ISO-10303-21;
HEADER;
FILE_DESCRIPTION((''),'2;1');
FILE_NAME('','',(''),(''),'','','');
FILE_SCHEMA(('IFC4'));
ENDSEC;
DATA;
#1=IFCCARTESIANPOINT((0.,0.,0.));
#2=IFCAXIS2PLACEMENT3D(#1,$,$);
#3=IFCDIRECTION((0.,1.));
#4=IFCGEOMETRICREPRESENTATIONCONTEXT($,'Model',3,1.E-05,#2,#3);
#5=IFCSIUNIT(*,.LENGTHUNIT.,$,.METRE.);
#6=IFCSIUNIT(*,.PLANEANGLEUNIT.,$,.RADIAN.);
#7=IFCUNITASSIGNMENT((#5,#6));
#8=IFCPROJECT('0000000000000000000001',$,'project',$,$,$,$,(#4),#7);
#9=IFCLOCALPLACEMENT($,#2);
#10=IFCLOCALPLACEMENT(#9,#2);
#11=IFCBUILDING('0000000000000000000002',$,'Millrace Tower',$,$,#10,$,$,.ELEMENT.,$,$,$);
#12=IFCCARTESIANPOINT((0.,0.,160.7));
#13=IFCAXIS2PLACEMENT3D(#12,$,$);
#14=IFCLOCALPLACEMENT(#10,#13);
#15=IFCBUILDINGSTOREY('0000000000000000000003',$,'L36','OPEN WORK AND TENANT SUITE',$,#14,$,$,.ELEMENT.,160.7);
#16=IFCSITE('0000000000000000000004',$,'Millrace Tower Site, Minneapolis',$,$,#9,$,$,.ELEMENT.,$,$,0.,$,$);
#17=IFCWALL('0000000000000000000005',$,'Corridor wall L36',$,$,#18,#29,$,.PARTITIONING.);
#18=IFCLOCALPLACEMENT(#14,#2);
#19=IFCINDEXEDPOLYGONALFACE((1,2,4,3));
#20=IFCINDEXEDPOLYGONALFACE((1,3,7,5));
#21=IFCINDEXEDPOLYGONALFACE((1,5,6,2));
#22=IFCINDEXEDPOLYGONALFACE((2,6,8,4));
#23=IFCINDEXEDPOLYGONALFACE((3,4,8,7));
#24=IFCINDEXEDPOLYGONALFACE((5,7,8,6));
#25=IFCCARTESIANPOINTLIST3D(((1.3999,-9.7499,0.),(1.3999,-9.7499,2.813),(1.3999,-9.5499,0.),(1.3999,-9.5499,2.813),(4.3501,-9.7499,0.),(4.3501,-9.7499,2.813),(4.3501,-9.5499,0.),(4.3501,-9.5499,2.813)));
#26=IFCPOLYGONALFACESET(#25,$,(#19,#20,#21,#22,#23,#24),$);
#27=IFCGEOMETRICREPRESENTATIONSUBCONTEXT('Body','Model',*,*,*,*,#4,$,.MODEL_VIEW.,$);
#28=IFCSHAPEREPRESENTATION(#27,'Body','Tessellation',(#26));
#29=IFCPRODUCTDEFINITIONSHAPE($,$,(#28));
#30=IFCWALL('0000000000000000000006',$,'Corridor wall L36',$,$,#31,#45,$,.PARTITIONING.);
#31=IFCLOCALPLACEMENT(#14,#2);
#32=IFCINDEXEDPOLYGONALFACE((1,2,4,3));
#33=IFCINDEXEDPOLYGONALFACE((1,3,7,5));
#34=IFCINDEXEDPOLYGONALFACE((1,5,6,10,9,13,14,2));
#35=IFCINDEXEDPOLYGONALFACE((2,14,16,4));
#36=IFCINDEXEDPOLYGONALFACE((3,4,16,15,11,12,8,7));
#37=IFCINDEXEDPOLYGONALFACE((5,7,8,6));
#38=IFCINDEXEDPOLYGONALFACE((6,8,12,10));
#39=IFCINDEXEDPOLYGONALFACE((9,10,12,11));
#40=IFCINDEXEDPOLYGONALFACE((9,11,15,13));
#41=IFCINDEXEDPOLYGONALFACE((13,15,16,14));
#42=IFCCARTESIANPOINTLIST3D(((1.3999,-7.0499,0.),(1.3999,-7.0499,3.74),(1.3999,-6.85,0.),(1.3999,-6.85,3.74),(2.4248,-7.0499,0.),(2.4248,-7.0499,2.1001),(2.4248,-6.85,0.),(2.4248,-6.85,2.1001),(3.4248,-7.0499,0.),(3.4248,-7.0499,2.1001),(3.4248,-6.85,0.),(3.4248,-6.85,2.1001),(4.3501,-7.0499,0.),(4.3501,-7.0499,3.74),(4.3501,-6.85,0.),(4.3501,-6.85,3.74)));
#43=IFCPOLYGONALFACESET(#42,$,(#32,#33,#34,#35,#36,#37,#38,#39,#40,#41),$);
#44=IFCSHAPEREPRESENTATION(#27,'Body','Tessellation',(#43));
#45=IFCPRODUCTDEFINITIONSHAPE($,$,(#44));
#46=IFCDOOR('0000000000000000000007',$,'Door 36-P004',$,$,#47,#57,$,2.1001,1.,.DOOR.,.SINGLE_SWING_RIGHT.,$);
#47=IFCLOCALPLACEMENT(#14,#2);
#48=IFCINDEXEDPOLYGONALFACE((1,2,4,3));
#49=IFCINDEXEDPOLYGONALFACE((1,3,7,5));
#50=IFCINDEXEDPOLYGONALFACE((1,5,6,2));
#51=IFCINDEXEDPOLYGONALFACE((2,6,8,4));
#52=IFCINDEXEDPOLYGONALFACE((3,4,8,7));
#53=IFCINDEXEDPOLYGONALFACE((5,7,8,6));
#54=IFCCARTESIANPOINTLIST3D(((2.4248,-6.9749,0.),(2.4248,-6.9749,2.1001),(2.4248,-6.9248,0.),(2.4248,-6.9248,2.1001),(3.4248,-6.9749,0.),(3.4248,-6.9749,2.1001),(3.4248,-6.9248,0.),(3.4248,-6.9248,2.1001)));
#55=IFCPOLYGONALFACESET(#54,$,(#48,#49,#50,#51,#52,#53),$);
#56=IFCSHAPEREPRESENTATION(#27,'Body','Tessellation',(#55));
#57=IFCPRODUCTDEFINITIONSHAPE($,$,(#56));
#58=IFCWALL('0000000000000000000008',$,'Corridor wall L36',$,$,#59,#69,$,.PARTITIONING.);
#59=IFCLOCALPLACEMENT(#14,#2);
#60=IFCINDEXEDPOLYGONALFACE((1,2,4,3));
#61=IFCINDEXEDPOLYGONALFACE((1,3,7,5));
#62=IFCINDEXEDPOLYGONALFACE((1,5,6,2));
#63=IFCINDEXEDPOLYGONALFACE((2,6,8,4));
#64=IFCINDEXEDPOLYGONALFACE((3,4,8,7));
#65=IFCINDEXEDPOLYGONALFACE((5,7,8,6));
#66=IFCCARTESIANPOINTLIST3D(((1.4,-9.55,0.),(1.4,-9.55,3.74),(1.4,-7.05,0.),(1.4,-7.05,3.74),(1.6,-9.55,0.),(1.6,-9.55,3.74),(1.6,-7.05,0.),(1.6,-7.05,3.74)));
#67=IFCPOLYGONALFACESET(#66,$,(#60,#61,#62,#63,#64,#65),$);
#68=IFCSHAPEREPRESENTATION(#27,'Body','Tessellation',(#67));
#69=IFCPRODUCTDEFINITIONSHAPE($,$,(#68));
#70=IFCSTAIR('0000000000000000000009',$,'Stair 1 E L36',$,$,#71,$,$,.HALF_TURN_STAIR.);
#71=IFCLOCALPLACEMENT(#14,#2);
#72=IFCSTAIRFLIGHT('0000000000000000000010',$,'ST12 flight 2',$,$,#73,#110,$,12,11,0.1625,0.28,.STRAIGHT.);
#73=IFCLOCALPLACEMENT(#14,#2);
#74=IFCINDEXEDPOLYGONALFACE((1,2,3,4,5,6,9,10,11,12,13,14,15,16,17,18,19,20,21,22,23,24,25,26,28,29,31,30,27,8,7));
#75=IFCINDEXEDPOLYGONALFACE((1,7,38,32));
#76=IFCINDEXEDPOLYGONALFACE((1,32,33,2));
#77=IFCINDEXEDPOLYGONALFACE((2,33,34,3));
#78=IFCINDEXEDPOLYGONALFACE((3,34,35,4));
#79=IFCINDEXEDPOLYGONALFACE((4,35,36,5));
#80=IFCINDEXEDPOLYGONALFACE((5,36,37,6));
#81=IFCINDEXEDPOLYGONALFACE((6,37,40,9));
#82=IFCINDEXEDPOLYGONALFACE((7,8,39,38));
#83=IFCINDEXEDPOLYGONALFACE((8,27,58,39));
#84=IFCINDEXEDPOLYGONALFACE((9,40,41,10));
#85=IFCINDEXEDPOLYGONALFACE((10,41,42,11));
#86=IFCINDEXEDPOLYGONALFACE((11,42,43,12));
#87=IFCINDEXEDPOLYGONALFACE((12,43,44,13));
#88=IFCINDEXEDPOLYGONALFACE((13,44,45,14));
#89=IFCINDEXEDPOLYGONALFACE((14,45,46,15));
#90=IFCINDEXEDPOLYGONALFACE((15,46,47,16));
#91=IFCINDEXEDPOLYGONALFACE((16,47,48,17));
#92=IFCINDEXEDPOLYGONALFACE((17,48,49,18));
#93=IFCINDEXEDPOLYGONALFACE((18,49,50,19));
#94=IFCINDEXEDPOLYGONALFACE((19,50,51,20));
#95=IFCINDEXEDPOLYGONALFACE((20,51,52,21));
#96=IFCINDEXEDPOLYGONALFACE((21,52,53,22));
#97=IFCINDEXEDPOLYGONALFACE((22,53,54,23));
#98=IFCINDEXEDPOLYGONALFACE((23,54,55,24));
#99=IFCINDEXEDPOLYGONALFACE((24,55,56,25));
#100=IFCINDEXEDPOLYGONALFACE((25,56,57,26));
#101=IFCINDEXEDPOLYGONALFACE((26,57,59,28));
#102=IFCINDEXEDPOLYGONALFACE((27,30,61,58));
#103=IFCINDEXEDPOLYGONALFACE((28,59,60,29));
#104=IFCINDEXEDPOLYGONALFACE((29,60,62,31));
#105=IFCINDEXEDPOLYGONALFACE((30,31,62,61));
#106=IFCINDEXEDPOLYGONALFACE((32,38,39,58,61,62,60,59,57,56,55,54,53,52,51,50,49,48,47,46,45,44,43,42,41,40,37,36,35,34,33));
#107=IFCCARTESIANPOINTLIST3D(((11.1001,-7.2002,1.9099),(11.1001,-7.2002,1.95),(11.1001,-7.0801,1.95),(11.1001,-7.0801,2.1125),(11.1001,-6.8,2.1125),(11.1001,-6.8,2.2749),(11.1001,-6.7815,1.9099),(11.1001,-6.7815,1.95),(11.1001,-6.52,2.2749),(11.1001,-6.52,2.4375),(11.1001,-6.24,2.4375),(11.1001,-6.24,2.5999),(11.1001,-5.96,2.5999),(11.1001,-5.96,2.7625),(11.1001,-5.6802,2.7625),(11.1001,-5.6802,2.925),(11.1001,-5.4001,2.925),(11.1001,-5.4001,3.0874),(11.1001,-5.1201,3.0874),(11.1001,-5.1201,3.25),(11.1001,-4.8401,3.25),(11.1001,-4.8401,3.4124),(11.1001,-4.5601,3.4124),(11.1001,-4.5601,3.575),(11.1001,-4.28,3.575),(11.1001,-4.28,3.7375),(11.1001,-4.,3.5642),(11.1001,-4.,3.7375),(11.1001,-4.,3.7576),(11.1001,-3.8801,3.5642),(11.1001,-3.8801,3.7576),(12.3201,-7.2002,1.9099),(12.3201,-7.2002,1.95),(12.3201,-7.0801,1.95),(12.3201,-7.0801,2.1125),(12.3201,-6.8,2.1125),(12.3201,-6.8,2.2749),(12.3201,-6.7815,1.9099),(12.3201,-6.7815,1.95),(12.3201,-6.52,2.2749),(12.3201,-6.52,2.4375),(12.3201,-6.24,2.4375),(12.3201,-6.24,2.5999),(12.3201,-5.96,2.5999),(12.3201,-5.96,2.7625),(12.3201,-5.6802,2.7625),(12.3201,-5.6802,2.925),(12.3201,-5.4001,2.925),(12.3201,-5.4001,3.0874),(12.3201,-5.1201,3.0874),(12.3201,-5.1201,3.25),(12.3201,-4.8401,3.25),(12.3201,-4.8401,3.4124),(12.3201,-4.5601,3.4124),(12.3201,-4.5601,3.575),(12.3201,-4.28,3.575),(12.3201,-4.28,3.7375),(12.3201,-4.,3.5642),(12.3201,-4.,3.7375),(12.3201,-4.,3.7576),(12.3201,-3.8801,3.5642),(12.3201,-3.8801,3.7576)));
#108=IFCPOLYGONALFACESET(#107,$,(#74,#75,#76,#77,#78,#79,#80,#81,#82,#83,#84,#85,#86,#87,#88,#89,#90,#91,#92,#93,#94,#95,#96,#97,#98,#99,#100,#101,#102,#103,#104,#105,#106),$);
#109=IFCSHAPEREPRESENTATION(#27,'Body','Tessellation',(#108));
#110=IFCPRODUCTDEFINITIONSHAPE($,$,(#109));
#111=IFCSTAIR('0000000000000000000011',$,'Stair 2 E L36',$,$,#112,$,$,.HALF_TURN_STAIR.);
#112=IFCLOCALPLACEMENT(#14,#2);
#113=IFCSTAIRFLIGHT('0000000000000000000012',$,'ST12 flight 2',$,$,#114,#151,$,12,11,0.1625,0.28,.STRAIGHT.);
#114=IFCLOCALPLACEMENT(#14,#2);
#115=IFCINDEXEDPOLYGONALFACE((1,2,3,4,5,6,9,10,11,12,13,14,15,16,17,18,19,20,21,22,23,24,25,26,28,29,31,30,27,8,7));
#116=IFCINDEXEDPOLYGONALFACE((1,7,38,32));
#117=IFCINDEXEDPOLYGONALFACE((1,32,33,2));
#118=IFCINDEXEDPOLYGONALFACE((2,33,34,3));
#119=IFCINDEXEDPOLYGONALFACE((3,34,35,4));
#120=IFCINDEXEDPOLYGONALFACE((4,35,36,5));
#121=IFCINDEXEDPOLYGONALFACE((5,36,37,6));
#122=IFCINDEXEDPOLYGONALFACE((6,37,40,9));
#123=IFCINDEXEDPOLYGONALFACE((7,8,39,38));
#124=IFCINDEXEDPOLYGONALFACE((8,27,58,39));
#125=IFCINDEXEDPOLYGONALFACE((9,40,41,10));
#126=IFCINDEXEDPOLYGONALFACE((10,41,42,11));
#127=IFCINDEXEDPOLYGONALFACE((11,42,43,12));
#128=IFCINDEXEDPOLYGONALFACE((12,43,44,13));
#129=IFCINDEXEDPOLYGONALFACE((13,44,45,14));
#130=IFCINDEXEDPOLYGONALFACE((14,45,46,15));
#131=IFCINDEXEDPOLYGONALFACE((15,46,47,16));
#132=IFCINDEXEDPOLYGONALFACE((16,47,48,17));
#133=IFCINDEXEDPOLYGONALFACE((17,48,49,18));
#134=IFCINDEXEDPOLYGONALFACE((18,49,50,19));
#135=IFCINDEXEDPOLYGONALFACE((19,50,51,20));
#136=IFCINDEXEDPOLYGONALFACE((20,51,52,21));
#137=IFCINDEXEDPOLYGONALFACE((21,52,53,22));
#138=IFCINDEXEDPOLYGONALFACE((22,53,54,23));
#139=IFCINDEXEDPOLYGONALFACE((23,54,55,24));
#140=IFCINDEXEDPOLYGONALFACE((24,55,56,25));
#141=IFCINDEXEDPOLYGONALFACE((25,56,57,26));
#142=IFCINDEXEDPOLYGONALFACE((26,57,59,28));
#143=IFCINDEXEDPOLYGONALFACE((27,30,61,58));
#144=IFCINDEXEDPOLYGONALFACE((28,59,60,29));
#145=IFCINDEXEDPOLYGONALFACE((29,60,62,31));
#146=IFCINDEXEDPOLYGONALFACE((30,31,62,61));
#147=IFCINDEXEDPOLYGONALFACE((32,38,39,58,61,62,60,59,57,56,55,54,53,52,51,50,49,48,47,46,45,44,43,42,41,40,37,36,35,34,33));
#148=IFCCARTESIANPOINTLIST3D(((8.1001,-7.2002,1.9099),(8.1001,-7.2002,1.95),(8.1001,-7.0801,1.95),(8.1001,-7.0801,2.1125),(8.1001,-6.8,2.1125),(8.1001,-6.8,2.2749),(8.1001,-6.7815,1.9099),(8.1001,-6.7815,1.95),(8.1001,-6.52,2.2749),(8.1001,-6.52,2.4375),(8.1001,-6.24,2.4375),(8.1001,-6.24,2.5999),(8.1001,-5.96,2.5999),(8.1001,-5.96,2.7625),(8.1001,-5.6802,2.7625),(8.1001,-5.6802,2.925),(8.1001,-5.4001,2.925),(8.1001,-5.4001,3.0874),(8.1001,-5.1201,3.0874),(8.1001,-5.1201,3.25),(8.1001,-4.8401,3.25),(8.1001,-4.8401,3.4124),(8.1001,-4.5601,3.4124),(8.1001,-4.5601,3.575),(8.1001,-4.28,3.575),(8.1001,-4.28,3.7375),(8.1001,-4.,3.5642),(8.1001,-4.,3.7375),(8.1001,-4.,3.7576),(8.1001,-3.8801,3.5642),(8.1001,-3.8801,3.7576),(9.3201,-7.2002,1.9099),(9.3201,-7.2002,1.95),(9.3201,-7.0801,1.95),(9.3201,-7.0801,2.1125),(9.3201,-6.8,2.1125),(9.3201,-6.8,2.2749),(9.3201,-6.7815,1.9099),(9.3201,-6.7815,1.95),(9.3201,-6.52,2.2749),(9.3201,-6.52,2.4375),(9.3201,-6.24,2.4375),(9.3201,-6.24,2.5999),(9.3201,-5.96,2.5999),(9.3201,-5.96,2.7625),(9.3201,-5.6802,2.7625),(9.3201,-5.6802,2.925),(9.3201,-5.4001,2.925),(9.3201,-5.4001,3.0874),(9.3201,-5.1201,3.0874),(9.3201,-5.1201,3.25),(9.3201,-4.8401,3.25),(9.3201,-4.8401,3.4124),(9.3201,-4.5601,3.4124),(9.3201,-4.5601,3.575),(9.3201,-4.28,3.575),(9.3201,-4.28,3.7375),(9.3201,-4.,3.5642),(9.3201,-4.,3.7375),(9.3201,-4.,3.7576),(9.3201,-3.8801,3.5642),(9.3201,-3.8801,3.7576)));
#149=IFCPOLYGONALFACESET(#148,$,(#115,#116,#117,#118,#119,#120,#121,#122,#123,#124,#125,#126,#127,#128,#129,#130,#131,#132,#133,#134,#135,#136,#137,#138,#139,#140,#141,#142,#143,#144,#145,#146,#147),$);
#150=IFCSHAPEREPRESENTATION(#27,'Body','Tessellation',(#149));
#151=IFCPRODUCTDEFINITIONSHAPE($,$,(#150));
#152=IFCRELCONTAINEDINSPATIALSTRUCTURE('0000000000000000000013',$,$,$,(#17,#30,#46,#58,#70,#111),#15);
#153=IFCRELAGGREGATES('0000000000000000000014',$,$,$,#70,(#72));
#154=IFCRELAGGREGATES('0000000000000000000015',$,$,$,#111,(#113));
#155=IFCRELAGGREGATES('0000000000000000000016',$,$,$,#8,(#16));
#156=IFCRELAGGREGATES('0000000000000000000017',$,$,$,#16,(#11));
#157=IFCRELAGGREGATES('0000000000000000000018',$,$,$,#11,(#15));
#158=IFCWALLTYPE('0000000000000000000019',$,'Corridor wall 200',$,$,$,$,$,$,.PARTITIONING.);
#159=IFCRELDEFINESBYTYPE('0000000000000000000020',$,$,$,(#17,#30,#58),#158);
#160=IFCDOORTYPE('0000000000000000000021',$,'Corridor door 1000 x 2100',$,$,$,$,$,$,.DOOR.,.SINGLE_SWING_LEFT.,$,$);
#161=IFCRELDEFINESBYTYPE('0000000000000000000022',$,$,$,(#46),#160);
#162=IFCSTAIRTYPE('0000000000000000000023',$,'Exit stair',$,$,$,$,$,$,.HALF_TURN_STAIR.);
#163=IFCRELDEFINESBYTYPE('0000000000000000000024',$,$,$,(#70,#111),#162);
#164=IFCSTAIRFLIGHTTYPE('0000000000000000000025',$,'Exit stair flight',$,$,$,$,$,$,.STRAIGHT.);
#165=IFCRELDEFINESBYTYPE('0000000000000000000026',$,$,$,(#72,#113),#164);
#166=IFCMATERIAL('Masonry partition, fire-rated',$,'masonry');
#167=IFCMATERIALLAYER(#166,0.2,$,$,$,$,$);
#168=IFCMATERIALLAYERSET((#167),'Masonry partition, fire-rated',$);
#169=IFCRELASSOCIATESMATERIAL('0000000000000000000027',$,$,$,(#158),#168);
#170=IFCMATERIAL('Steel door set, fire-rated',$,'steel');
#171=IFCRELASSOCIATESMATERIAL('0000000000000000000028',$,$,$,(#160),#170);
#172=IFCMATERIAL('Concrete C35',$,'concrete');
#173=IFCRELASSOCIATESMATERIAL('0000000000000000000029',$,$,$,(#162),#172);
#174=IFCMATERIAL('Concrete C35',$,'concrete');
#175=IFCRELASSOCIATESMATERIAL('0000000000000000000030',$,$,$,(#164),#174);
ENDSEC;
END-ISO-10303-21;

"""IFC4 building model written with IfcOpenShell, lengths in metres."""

from ifc_helpers import new_model, si_unit, direction, frame, frame_2d, origin, place, context, subcontext, project, spatial, polyline, rectangle, outline, extrude, material, layer, layer_set, type_object, element, fill, aggregate, save


model = new_model("IFC4")

# Units and contexts
model_context = context("Model", 3, precision=1e-05, world=origin(), true_north=direction((0.0, 1.0)))
body_context = subcontext(model_context, "Body", "Model", "MODEL_VIEW")
ifc_project = project(units=[si_unit("LENGTHUNIT", "METRE"), si_unit("PLANEANGLEUNIT", "RADIAN")], contexts=[model_context])

# Site, building, storey
site_placement = place(None, origin())
site = spatial("IfcSite", under=ifc_project, at=site_placement, Name="Millrace Tower Site, Minneapolis", CompositionType="ELEMENT", RefElevation=0.0)
building_placement = place(site_placement, origin())
building = spatial("IfcBuilding", under=site, at=building_placement, Name="Millrace Tower", CompositionType="ELEMENT")
storey_placement = place(building_placement, frame((0.0, 0.0, 160.7)))
storey = spatial("IfcBuildingStorey", under=building, at=storey_placement, Name="L36", Description="OPEN WORK AND TENANT SUITE", CompositionType="ELEMENT", Elevation=160.7)

# Shared definitions
placement = place(storey_placement, origin())

# Wall
ifc_material_1 = material(Name="Masonry partition, fire-rated", Category="masonry")
ifc_layer_1 = layer(ifc_material_1, 0.2)
ifc_layer_set_1 = layer_set([ifc_layer_1], Name="Masonry partition, fire-rated")
wall_type = type_object("IfcWallType", Name="Corridor wall 200", PredefinedType="PARTITIONING", material=ifc_layer_set_1)
wall_1_placement = place(storey_placement, frame((1.3999, -9.6499, 0.0), z_axis=(0.0, 0.0, 1.0), x_axis=(1.0, 0.0, 0.0)))
element("IfcWall", 1, at=wall_1_placement, inside=storey, type_object=wall_type, Name="Corridor wall L36", PredefinedType="PARTITIONING", context=body_context, shape_type="SweptSolid", body=[
    extrude(rectangle(XDim=2.9502, YDim=0.2, at=frame_2d((1.4751, 0.0))), origin(), (0.0, 0.0, 1.0), 2.813),
])

# Wall, opening, door
wall_2_placement = place(storey_placement, frame((1.3999, -6.95, 0.0), z_axis=(0.0, 0.0, 1.0), x_axis=(1.0, 0.0, 0.0)))
wall_2 = element("IfcWall", 2, at=wall_2_placement, inside=storey, type_object=wall_type, Name="Corridor wall L36", PredefinedType="PARTITIONING", context=body_context, shape_type="SweptSolid", body=[
    extrude(rectangle(XDim=2.9502, YDim=0.2, at=frame_2d((1.4751, 0.0))), origin(), (0.0, 0.0, 1.0), 3.74),
])
opening_placement = place(wall_2_placement, frame((1.0249, 0.0, 0.0)))
opening = element("IfcOpeningElement", 3, at=opening_placement, cuts=wall_2, PredefinedType="OPENING", context=body_context, shape_type="SweptSolid", body=[
    extrude(rectangle(XDim=1.0, YDim=2.1001, at=frame_2d((0.5, 1.05))), frame((0.0, 0.1099, 0.0), z_axis=(0.0, -1.0, 0.0), x_axis=(1.0, 0.0, 0.0)), (0.0, 0.0, 1.0), 0.22),
])
ifc_material_2 = material(Name="Steel door set, fire-rated", Category="steel")
door_type = type_object("IfcDoorType", Name="Corridor door 1000 x 2100", OperationType="SINGLE_SWING_LEFT", PredefinedType="DOOR", material=ifc_material_2)
door_placement = place(opening_placement, frame((1.0, 0.0, 0.0), z_axis=(0.0, 0.0, 1.0), x_axis=(-1.0, 0.0, 0.0)))
door = element("IfcDoor", 4, at=door_placement, inside=storey, type_object=door_type, Name="Door 36-P004", OperationType="SINGLE_SWING_RIGHT", OverallHeight=2.1001, OverallWidth=1.0, PredefinedType="DOOR", context=body_context, shape_type="SweptSolid", body=[
    extrude(rectangle(XDim=1.0, YDim=2.1001, at=frame_2d((0.5, 1.05))), frame((0.0, 0.0249, 0.0), z_axis=(0.0, -1.0, 0.0), x_axis=(1.0, 0.0, 0.0)), (0.0, 0.0, 1.0), 0.05),
])
fill(opening, door)

# Wall
wall_3_placement = place(storey_placement, frame((1.5, -9.55, 0.0), z_axis=(0.0, 0.0, 1.0), x_axis=(0.0, 1.0, 0.0)))
element("IfcWall", 5, at=wall_3_placement, inside=storey, type_object=wall_type, Name="Corridor wall L36", PredefinedType="PARTITIONING", context=body_context, shape_type="SweptSolid", body=[
    extrude(rectangle(XDim=2.5, YDim=0.2, at=frame_2d((1.25, 0.0))), origin(), (0.0, 0.0, 1.0), 3.74),
])

# Stairs, stair flights
ifc_material_3 = material(Name="Concrete C35", Category="concrete")
stair_type = type_object("IfcStairType", Name="Exit stair", PredefinedType="HALF_TURN_STAIR", material=ifc_material_3)
stair_1 = element("IfcStair", 6, at=placement, inside=storey, type_object=stair_type, Name="Stair 1 E L36", PredefinedType="HALF_TURN_STAIR")
ifc_material_4 = material(Name="Concrete C35", Category="concrete")
stair_flight_type = type_object("IfcStairFlightType", Name="Exit stair flight", PredefinedType="STRAIGHT", material=ifc_material_4)
stair_flight_1_placement = place(storey_placement, frame((11.71, -7.0801, 1.95), z_axis=(0.0, 0.0, 1.0), x_axis=(0.0, 1.0, 0.0)))
stair_flight_1 = element("IfcStairFlight", 7, at=stair_flight_1_placement, type_object=stair_flight_type, Name="ST12 flight 2", NumberOfRisers=12, NumberOfTreads=11, PredefinedType="STRAIGHT", RiserHeight=0.1625, TreadLength=0.28, context=body_context, shape_type="SweptSolid", body=[
    extrude(outline(polyline([(-0.1201, -0.04), (-0.1201, 0.0), (0.0, 0.0), (0.0, 0.1626), (0.28, 0.1626), (0.28, 0.325), (0.5601, 0.325), (0.5601, 0.4875), (0.8401, 0.4875), (0.8401, 0.6499), (1.1201, 0.6499), (1.1201, 0.8125), (1.3999, 0.8125), (1.3999, 0.9751), (1.6799, 0.9751), (1.6799, 1.1375), (1.96, 1.1375), (1.96, 1.3), (2.24, 1.3), (2.24, 1.4624), (2.52, 1.4624), (2.52, 1.625), (2.8, 1.625), (2.8, 1.7876), (3.0801, 1.7876), (3.0801, 1.8076), (3.2, 1.8076), (3.2, 1.6143), (3.0801, 1.6143), (0.2986, 0.0), (0.2986, -0.04), (-0.1201, -0.04)])), frame((0.0, 0.6099, 0.0), z_axis=(0.0, -1.0, 0.0), x_axis=(1.0, 0.0, 0.0)), (0.0, 0.0, 1.0), 1.22),
])
aggregate(stair_1, [stair_flight_1])
stair_2 = element("IfcStair", 8, at=placement, inside=storey, type_object=stair_type, Name="Stair 2 E L36", PredefinedType="HALF_TURN_STAIR")
stair_flight_2_placement = place(storey_placement, frame((8.71, -7.0801, 1.95), z_axis=(0.0, 0.0, 1.0), x_axis=(0.0, 1.0, 0.0)))
stair_flight_2 = element("IfcStairFlight", 9, at=stair_flight_2_placement, type_object=stair_flight_type, Name="ST12 flight 2", NumberOfRisers=12, NumberOfTreads=11, PredefinedType="STRAIGHT", RiserHeight=0.1625, TreadLength=0.28, context=body_context, shape_type="SweptSolid", body=[
    extrude(outline(polyline([(-0.1201, -0.04), (-0.1201, 0.0), (0.0, 0.0), (0.0, 0.1626), (0.28, 0.1626), (0.28, 0.325), (0.5601, 0.325), (0.5601, 0.4875), (0.8401, 0.4875), (0.8401, 0.6499), (1.1201, 0.6499), (1.1201, 0.8125), (1.3999, 0.8125), (1.3999, 0.9751), (1.6799, 0.9751), (1.6799, 1.1375), (1.96, 1.1375), (1.96, 1.3), (2.24, 1.3), (2.24, 1.4624), (2.52, 1.4624), (2.52, 1.625), (2.8, 1.625), (2.8, 1.7876), (3.0801, 1.7876), (3.0801, 1.8076), (3.2, 1.8076), (3.2, 1.6143), (3.0801, 1.6143), (0.2986, 0.0), (0.2986, -0.04), (-0.1201, -0.04)])), frame((0.0, 0.6099, 0.0), z_axis=(0.0, -1.0, 0.0), x_axis=(1.0, 0.0, 0.0)), (0.0, 0.0, 1.0), 1.22),
])
aggregate(stair_2, [stair_flight_2])

save(model, "model.ifc")
